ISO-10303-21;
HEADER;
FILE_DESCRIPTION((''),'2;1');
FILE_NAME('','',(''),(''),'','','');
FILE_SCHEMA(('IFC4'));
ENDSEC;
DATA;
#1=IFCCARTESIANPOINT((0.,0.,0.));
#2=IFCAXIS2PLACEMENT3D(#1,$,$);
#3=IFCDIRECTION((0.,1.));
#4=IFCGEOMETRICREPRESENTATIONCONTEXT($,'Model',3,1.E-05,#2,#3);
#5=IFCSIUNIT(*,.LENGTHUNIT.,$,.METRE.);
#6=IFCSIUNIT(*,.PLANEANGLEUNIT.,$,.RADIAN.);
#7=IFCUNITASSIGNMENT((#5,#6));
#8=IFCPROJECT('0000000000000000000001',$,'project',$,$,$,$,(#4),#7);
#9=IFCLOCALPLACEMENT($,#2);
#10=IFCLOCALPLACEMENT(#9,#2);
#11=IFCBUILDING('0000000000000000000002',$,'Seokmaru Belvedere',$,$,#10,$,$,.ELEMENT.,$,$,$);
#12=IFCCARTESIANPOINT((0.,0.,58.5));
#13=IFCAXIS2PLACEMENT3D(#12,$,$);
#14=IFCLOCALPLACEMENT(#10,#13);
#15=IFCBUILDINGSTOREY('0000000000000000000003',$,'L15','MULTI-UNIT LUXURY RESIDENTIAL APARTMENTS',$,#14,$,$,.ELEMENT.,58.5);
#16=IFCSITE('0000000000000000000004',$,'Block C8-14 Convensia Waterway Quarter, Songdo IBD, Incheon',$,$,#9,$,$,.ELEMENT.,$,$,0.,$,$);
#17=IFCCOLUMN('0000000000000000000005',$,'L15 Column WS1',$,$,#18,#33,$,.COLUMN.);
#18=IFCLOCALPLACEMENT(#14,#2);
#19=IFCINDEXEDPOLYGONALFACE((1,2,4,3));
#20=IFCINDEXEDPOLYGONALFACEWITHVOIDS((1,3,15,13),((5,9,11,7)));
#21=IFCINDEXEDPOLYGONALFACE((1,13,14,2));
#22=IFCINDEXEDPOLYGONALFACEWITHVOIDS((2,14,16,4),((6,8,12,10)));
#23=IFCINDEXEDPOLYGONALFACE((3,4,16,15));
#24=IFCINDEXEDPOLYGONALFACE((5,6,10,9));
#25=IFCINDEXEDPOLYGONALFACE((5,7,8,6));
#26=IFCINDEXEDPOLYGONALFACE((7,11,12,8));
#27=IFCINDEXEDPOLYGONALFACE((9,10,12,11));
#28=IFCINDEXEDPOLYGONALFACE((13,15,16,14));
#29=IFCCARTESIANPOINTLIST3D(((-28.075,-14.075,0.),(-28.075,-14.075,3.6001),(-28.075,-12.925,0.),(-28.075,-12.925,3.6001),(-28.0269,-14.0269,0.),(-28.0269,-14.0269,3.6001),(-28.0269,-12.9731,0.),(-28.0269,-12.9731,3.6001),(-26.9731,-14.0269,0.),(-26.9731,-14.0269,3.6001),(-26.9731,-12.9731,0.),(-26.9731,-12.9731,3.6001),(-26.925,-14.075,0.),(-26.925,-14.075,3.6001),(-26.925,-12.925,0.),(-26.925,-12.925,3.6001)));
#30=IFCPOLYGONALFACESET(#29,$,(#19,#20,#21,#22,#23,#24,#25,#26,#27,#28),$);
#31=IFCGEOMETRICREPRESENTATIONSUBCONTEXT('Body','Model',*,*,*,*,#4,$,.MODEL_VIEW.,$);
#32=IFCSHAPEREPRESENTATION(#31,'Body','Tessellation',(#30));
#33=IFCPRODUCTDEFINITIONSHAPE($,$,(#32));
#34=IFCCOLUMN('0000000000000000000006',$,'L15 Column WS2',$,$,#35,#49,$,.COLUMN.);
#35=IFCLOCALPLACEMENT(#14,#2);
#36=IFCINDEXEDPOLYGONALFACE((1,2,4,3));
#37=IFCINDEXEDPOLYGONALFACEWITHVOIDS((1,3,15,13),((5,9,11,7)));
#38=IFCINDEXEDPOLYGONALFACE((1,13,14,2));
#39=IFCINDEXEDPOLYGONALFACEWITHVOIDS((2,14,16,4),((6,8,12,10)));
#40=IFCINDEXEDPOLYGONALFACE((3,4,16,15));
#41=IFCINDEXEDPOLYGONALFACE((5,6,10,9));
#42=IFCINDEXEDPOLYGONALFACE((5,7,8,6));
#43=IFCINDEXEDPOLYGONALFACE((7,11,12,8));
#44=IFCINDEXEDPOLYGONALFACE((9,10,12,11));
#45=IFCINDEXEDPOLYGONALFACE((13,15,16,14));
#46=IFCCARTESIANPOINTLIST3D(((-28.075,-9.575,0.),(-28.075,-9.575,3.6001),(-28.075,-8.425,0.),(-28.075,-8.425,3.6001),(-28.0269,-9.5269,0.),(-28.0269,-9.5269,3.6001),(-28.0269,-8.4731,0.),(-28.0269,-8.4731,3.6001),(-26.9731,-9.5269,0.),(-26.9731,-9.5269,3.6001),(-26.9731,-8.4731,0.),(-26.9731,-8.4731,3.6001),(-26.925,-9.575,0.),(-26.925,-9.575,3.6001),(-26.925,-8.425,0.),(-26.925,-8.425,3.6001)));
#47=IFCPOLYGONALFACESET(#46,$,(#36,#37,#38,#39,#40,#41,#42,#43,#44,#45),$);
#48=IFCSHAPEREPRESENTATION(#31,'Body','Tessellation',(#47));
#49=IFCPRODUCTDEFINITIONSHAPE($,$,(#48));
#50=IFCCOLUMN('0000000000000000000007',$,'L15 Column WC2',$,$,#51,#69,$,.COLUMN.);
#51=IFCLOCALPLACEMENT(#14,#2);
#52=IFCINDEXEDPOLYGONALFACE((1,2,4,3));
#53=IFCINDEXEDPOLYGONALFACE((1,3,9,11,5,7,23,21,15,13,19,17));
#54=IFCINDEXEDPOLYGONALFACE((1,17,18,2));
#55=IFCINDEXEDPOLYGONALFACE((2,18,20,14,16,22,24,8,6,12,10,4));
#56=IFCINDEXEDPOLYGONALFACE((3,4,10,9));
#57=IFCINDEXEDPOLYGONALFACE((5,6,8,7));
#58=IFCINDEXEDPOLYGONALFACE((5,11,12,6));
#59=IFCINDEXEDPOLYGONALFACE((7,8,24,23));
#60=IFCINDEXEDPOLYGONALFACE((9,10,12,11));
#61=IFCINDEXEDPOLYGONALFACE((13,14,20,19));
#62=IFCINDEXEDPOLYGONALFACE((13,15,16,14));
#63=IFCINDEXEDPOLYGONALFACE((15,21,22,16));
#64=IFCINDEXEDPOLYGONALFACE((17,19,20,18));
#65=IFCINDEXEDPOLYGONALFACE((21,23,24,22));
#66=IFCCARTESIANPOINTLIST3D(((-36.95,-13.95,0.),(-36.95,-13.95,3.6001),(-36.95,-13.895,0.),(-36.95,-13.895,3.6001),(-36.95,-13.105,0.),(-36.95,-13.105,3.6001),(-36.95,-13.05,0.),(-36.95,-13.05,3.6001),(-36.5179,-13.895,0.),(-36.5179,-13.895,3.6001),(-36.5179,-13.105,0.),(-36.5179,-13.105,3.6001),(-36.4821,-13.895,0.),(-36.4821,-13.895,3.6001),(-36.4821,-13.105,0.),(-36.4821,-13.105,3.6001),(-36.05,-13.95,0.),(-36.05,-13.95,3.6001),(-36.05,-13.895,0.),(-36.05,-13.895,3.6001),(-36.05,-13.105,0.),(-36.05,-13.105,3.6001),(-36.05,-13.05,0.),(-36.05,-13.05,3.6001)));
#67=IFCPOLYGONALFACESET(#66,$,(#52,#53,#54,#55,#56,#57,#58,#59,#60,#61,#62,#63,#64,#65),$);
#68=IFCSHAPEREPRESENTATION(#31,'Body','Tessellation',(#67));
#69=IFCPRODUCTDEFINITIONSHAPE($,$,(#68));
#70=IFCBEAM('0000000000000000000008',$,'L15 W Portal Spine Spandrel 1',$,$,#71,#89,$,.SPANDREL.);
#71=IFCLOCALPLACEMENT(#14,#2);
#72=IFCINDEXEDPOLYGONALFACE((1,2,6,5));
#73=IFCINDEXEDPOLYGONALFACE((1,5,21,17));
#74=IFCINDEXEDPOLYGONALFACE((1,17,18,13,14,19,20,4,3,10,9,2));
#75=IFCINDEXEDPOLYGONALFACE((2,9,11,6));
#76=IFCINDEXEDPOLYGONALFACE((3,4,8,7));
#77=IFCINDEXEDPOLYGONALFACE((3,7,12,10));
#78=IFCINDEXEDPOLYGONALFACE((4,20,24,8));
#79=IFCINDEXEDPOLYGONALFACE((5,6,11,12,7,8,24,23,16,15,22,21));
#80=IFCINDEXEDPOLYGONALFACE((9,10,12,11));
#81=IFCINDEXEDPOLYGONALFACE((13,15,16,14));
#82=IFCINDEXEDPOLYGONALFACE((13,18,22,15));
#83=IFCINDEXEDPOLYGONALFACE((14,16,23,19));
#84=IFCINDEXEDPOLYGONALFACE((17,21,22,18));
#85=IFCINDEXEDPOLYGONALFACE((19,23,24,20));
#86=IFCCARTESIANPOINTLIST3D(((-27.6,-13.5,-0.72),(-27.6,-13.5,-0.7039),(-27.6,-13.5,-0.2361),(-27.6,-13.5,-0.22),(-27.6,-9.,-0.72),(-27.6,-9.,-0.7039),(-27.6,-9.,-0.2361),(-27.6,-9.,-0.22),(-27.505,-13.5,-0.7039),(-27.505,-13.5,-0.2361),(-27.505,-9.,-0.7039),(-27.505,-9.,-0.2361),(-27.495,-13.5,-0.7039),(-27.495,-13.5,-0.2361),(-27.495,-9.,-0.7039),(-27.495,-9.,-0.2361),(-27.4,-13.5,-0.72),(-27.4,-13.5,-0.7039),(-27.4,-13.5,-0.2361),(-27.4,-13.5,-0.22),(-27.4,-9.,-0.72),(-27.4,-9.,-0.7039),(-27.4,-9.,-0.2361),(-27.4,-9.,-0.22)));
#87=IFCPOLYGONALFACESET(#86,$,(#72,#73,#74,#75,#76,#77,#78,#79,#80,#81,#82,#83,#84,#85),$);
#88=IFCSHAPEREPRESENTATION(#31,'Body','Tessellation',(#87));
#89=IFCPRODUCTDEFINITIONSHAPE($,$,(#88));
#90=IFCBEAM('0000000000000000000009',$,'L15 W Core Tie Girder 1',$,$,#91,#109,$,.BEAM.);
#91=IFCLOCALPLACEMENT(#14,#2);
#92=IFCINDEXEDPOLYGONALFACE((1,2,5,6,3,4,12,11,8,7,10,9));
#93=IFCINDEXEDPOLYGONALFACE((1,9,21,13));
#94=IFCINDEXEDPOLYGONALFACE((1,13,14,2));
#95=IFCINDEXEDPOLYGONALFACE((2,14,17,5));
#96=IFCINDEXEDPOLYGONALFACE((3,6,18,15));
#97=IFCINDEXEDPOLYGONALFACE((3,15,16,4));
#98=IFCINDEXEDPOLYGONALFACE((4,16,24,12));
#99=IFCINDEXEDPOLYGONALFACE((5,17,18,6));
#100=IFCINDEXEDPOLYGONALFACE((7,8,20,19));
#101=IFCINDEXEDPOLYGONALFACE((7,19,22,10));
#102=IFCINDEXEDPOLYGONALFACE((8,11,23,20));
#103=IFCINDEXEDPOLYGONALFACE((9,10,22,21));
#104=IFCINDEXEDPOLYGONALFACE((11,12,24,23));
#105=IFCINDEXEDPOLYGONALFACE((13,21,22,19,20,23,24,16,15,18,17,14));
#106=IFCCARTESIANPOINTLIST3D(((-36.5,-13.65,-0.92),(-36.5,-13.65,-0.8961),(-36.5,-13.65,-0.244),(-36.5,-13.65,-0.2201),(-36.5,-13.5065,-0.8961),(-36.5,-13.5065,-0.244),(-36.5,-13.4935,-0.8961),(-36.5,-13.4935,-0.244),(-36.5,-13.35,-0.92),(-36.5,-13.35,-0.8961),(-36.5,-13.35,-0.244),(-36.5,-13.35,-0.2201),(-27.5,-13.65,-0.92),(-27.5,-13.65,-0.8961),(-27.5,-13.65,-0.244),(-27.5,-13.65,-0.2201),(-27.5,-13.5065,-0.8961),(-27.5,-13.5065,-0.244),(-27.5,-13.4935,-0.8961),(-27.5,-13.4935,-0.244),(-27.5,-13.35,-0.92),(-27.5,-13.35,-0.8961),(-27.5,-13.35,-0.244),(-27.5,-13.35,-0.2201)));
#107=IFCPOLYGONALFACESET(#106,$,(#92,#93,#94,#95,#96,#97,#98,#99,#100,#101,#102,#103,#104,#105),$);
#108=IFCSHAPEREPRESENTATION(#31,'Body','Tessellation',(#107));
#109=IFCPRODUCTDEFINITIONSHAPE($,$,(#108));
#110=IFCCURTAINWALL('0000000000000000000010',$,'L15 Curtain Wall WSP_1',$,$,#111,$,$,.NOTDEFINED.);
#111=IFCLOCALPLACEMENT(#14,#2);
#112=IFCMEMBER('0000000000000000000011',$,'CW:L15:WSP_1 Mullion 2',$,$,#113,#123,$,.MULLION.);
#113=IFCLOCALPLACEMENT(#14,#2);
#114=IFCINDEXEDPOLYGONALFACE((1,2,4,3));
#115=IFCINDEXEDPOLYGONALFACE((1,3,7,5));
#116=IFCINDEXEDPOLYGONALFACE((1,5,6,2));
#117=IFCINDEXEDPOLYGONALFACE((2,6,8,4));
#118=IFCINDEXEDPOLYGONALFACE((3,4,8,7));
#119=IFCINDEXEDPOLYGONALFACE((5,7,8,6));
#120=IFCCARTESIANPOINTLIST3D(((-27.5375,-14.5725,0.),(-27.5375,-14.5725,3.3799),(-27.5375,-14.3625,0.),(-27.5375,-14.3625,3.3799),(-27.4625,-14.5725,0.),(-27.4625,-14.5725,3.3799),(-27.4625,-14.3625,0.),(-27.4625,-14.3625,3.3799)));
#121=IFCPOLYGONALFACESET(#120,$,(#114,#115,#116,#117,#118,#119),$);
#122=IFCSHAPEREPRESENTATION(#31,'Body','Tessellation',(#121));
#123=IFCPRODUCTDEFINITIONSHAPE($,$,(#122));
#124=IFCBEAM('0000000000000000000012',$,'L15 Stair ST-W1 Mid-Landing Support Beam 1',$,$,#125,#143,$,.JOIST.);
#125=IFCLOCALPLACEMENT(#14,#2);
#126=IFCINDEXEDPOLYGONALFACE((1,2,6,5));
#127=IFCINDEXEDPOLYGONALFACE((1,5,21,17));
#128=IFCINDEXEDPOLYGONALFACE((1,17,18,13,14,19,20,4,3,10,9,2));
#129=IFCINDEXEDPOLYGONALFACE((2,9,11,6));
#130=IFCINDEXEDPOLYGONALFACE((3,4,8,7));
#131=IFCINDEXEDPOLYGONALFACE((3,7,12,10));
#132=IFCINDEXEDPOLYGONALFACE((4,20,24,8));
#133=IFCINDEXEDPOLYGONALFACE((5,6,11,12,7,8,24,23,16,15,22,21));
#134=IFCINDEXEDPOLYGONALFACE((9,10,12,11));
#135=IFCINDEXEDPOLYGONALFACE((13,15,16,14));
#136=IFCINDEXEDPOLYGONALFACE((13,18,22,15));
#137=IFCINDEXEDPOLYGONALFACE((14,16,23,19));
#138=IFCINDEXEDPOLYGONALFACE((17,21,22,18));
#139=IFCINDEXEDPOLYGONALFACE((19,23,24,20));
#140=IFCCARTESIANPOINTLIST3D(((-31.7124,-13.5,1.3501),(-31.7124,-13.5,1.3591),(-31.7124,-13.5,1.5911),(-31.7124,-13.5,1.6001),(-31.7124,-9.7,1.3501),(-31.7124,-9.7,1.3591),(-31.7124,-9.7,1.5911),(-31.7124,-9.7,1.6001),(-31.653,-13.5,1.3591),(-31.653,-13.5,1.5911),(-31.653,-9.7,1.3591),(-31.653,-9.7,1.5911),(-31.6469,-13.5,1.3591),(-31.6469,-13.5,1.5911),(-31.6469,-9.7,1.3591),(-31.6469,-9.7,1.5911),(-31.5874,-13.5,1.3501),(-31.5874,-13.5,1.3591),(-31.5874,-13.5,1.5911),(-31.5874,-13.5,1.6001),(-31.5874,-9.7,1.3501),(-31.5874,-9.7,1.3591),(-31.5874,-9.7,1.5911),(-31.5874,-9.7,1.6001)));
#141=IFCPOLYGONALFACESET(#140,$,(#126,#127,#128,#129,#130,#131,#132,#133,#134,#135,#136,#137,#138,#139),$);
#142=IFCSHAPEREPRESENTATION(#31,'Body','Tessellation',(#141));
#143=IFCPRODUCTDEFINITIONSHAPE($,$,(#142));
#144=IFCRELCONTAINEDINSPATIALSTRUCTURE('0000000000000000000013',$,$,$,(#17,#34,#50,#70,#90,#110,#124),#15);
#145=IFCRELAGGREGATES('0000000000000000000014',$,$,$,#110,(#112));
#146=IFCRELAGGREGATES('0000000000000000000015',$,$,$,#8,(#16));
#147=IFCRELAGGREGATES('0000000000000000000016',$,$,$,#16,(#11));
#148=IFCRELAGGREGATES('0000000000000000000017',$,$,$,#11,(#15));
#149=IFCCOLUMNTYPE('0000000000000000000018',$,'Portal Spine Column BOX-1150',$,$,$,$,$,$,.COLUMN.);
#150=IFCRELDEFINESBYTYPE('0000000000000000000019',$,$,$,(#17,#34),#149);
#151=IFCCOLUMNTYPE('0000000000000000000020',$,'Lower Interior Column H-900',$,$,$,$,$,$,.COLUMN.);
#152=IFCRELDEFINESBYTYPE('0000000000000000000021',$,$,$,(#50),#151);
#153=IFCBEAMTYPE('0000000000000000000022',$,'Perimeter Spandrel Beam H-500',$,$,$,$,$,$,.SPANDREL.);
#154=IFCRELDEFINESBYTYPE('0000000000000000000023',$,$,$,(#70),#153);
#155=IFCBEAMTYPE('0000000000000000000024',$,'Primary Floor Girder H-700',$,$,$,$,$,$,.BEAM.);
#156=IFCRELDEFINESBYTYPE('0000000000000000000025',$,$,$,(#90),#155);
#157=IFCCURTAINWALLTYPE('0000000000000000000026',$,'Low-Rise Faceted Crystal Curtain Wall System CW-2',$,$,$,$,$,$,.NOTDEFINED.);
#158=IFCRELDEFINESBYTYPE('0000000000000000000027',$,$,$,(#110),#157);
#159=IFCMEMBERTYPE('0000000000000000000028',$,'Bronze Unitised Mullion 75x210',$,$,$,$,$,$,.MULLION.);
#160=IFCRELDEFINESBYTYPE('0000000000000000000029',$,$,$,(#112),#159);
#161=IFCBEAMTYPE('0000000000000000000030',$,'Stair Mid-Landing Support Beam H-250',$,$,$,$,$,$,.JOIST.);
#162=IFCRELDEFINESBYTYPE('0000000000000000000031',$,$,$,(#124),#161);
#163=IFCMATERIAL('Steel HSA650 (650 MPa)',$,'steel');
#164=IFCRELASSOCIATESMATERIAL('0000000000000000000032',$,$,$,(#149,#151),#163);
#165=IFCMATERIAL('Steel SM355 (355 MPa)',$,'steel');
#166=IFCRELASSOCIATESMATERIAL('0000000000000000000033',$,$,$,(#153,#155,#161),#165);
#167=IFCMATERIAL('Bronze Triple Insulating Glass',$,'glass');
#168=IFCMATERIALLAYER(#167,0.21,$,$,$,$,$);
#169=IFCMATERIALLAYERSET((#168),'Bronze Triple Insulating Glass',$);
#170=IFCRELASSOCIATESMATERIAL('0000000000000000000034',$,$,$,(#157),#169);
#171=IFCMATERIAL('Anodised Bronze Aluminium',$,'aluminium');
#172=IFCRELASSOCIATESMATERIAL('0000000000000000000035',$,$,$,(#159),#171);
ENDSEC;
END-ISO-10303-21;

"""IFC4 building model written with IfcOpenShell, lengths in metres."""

from ifc_helpers import new_model, si_unit, direction, frame, origin, origin_2d, place, context, subcontext, project, spatial, rectangle, hollow_rectangle, i_section, extrude, source, transform, mapped, material, layer, layer_set, material_profile, profile_set, type_object, type_shapes, element, aggregate, save


model = new_model("IFC4")

# Units and contexts
model_context = context("Model", 3, precision=1e-05, world=origin(), true_north=direction((0.0, 1.0)))
body_context = subcontext(model_context, "Body", "Model", "MODEL_VIEW")
ifc_project = project(units=[si_unit("LENGTHUNIT", "METRE"), si_unit("PLANEANGLEUNIT", "RADIAN")], contexts=[model_context])

# Site, building, storey
site_placement = place(None, origin())
site = spatial("IfcSite", under=ifc_project, at=site_placement, Name="Block C8-14 Convensia Waterway Quarter, Songdo IBD, Incheon", CompositionType="ELEMENT", RefElevation=0.0)
building_placement = place(site_placement, origin())
building = spatial("IfcBuilding", under=site, at=building_placement, Name="Seokmaru Belvedere", CompositionType="ELEMENT")
storey_placement = place(building_placement, frame((0.0, 0.0, 58.5)))
storey = spatial("IfcBuildingStorey", under=building, at=storey_placement, Name="L15", Description="MULTI-UNIT LUXURY RESIDENTIAL APARTMENTS", CompositionType="ELEMENT", Elevation=58.5)

# Columns
ifc_material_1 = material(Name="Steel HSA650 (650 MPa)", Category="steel")
ifc_material_profile_1 = material_profile(ifc_material_1, hollow_rectangle(XDim=1.1499, YDim=1.1499, WallThickness=0.0481, at=origin_2d()), Name="BOX-1150x1150x48")
ifc_profile_set_1 = profile_set([ifc_material_profile_1], Name="Steel HSA650 (650 MPa)")
column_type_1 = type_object("IfcColumnType", Name="Portal Spine Column BOX-1150", PredefinedType="COLUMN", material=ifc_profile_set_1)
shared_shape_1 = source(origin(), body_context, "Body", "SweptSolid", [
    extrude(hollow_rectangle(XDim=1.1499, YDim=1.1499, WallThickness=0.0481, at=origin_2d()), origin(), (0.0, 0.0, 1.0), 3.6001),
])
type_shapes(column_type_1, [shared_shape_1])
for number, where, z_axis, x_axis, name in (
    (1, (-27.5, -13.5, 0.0), (0.0, 0.0, 1.0), (1.0, 0.0, 0.0), "L15 Column WS1"),
    (2, (-27.5, -9.0, 0.0), (0.0, 0.0, 1.0), (1.0, 0.0, 0.0), "L15 Column WS2"),
):
    element("IfcColumn", number, at=place(storey_placement, frame(where, z_axis=z_axis, x_axis=x_axis)), inside=storey, type_object=column_type_1, Name=name, PredefinedType="COLUMN", context=body_context, shape_type="MappedRepresentation", body=[
        mapped(shared_shape_1, transform((0.0, 0.0, 0.0), scale=1.0)),
    ])
ifc_material_profile_2 = material_profile(ifc_material_1, i_section(OverallWidth=0.8999, OverallDepth=0.8999, WebThickness=0.0359, FlangeThickness=0.0549, at=origin_2d()), Name="H-900x900x36x55")
ifc_profile_set_2 = profile_set([ifc_material_profile_2], Name="Steel HSA650 (650 MPa)")
column_type_2 = type_object("IfcColumnType", Name="Lower Interior Column H-900", PredefinedType="COLUMN", material=ifc_profile_set_2)
shared_shape_2 = source(origin(), body_context, "Body", "SweptSolid", [
    extrude(i_section(OverallWidth=0.8999, OverallDepth=0.8999, WebThickness=0.0359, FlangeThickness=0.0549, at=origin_2d()), origin(), (0.0, 0.0, 1.0), 3.6001),
])
type_shapes(column_type_2, [shared_shape_2])
column_placement = place(storey_placement, frame((-36.5, -13.5, 0.0), z_axis=(0.0, 0.0, 1.0), x_axis=(1.0, 0.0, 0.0)))
element("IfcColumn", 3, at=column_placement, inside=storey, type_object=column_type_2, Name="L15 Column WC2", PredefinedType="COLUMN", context=body_context, shape_type="MappedRepresentation", body=[
    mapped(shared_shape_2, transform((0.0, 0.0, 0.0), scale=1.0)),
])

# Beams
ifc_material_2 = material(Name="Steel SM355 (355 MPa)", Category="steel")
ifc_material_profile_3 = material_profile(ifc_material_2, i_section(OverallWidth=0.2, OverallDepth=0.5, WebThickness=0.01, FlangeThickness=0.0161, at=origin_2d()), Name="H-500x200x10x16")
ifc_profile_set_3 = profile_set([ifc_material_profile_3], Name="Steel SM355 (355 MPa)")
beam_type_1 = type_object("IfcBeamType", Name="Perimeter Spandrel Beam H-500", PredefinedType="SPANDREL", material=ifc_profile_set_3)
shared_shape_3 = source(origin(), body_context, "Body", "SweptSolid", [
    extrude(i_section(OverallWidth=0.2, OverallDepth=0.5, WebThickness=0.01, FlangeThickness=0.0161, at=origin_2d()), origin(), (0.0, 0.0, 1.0), 4.5),
])
type_shapes(beam_type_1, [shared_shape_3])
beam_1_placement = place(storey_placement, frame((-27.5, -13.5, -0.47), z_axis=(0.0, 1.0, 0.0), x_axis=(-1.0, 0.0, 0.0)))
element("IfcBeam", 4, at=beam_1_placement, inside=storey, type_object=beam_type_1, Name="L15 W Portal Spine Spandrel 1", PredefinedType="SPANDREL", context=body_context, shape_type="MappedRepresentation", body=[
    mapped(shared_shape_3, transform((0.0, 0.0, 0.0), scale=1.0)),
])
ifc_material_profile_4 = material_profile(ifc_material_2, i_section(OverallWidth=0.3, OverallDepth=0.7, WebThickness=0.0129, FlangeThickness=0.0239, at=origin_2d()), Name="H-700x300x13x24")
ifc_profile_set_4 = profile_set([ifc_material_profile_4], Name="Steel SM355 (355 MPa)")
beam_type_2 = type_object("IfcBeamType", Name="Primary Floor Girder H-700", PredefinedType="BEAM", material=ifc_profile_set_4)
shared_shape_4 = source(origin(), body_context, "Body", "SweptSolid", [
    extrude(i_section(OverallWidth=0.3, OverallDepth=0.7, WebThickness=0.0129, FlangeThickness=0.0239, at=origin_2d()), origin(), (0.0, 0.0, 1.0), 9.0),
])
type_shapes(beam_type_2, [shared_shape_4])
beam_2_placement = place(storey_placement, frame((-36.5, -13.5, -0.5701), z_axis=(1.0, 0.0, 0.0), x_axis=(0.0, 1.0, 0.0)))
element("IfcBeam", 5, at=beam_2_placement, inside=storey, type_object=beam_type_2, Name="L15 W Core Tie Girder 1", PredefinedType="BEAM", context=body_context, shape_type="MappedRepresentation", body=[
    mapped(shared_shape_4, transform((0.0, 0.0, 0.0), scale=1.0)),
])

# Curtain wall, member
ifc_material_3 = material(Name="Bronze Triple Insulating Glass", Category="glass")
ifc_layer_1 = layer(ifc_material_3, 0.21)
ifc_layer_set_1 = layer_set([ifc_layer_1], Name="Bronze Triple Insulating Glass")
curtain_wall_type = type_object("IfcCurtainWallType", Name="Low-Rise Faceted Crystal Curtain Wall System CW-2", PredefinedType="NOTDEFINED", material=ifc_layer_set_1)
curtain_wall_placement = place(storey_placement, origin())
curtain_wall = element("IfcCurtainWall", 6, at=curtain_wall_placement, inside=storey, type_object=curtain_wall_type, Name="L15 Curtain Wall WSP_1", PredefinedType="NOTDEFINED")
ifc_material_4 = material(Name="Anodised Bronze Aluminium", Category="aluminium")
ifc_material_profile_5 = material_profile(ifc_material_4, rectangle(XDim=0.075, YDim=0.21, at=origin_2d()), Name="CW-M-75x210")
ifc_profile_set_5 = profile_set([ifc_material_profile_5], Name="Anodised Bronze Aluminium")
member_type = type_object("IfcMemberType", Name="Bronze Unitised Mullion 75x210", PredefinedType="MULLION", material=ifc_profile_set_5)
shared_shape_5 = source(origin(), body_context, "Body", "SweptSolid", [
    extrude(rectangle(XDim=0.075, YDim=0.21, at=origin_2d()), origin(), (0.0, 0.0, 1.0), 3.3799),
])
type_shapes(member_type, [shared_shape_5])
member_placement = place(storey_placement, frame((-27.5, -14.4675, 0.0), z_axis=(0.0, 0.0, 1.0), x_axis=(-1.0, 0.0, 0.0)))
member = element("IfcMember", 7, at=member_placement, type_object=member_type, Name="CW:L15:WSP_1 Mullion 2", PredefinedType="MULLION", context=body_context, shape_type="MappedRepresentation", body=[
    mapped(shared_shape_5, transform((0.0, 0.0, 0.0), scale=1.0)),
])
aggregate(curtain_wall, [member])

# Beam
ifc_material_profile_6 = material_profile(ifc_material_2, i_section(OverallWidth=0.125, OverallDepth=0.25, WebThickness=0.0061, FlangeThickness=0.009, at=origin_2d()), Name="H-250x125x6x9")
ifc_profile_set_6 = profile_set([ifc_material_profile_6], Name="Steel SM355 (355 MPa)")
beam_type_3 = type_object("IfcBeamType", Name="Stair Mid-Landing Support Beam H-250", PredefinedType="JOIST", material=ifc_profile_set_6)
shared_shape_6 = source(origin(), body_context, "Body", "SweptSolid", [
    extrude(i_section(OverallWidth=0.125, OverallDepth=0.25, WebThickness=0.0061, FlangeThickness=0.009, at=origin_2d()), origin(), (0.0, 0.0, 1.0), 3.8),
])
type_shapes(beam_type_3, [shared_shape_6])
beam_3_placement = place(storey_placement, frame((-31.6499, -13.5, 1.4751), z_axis=(0.0, 1.0, 0.0), x_axis=(-1.0, 0.0, 0.0)))
element("IfcBeam", 8, at=beam_3_placement, inside=storey, type_object=beam_type_3, Name="L15 Stair ST-W1 Mid-Landing Support Beam 1", PredefinedType="JOIST", context=body_context, shape_type="MappedRepresentation", body=[
    mapped(shared_shape_6, transform((0.0, 0.0, 0.0), scale=1.0)),
])

save(model, "model.ifc")
